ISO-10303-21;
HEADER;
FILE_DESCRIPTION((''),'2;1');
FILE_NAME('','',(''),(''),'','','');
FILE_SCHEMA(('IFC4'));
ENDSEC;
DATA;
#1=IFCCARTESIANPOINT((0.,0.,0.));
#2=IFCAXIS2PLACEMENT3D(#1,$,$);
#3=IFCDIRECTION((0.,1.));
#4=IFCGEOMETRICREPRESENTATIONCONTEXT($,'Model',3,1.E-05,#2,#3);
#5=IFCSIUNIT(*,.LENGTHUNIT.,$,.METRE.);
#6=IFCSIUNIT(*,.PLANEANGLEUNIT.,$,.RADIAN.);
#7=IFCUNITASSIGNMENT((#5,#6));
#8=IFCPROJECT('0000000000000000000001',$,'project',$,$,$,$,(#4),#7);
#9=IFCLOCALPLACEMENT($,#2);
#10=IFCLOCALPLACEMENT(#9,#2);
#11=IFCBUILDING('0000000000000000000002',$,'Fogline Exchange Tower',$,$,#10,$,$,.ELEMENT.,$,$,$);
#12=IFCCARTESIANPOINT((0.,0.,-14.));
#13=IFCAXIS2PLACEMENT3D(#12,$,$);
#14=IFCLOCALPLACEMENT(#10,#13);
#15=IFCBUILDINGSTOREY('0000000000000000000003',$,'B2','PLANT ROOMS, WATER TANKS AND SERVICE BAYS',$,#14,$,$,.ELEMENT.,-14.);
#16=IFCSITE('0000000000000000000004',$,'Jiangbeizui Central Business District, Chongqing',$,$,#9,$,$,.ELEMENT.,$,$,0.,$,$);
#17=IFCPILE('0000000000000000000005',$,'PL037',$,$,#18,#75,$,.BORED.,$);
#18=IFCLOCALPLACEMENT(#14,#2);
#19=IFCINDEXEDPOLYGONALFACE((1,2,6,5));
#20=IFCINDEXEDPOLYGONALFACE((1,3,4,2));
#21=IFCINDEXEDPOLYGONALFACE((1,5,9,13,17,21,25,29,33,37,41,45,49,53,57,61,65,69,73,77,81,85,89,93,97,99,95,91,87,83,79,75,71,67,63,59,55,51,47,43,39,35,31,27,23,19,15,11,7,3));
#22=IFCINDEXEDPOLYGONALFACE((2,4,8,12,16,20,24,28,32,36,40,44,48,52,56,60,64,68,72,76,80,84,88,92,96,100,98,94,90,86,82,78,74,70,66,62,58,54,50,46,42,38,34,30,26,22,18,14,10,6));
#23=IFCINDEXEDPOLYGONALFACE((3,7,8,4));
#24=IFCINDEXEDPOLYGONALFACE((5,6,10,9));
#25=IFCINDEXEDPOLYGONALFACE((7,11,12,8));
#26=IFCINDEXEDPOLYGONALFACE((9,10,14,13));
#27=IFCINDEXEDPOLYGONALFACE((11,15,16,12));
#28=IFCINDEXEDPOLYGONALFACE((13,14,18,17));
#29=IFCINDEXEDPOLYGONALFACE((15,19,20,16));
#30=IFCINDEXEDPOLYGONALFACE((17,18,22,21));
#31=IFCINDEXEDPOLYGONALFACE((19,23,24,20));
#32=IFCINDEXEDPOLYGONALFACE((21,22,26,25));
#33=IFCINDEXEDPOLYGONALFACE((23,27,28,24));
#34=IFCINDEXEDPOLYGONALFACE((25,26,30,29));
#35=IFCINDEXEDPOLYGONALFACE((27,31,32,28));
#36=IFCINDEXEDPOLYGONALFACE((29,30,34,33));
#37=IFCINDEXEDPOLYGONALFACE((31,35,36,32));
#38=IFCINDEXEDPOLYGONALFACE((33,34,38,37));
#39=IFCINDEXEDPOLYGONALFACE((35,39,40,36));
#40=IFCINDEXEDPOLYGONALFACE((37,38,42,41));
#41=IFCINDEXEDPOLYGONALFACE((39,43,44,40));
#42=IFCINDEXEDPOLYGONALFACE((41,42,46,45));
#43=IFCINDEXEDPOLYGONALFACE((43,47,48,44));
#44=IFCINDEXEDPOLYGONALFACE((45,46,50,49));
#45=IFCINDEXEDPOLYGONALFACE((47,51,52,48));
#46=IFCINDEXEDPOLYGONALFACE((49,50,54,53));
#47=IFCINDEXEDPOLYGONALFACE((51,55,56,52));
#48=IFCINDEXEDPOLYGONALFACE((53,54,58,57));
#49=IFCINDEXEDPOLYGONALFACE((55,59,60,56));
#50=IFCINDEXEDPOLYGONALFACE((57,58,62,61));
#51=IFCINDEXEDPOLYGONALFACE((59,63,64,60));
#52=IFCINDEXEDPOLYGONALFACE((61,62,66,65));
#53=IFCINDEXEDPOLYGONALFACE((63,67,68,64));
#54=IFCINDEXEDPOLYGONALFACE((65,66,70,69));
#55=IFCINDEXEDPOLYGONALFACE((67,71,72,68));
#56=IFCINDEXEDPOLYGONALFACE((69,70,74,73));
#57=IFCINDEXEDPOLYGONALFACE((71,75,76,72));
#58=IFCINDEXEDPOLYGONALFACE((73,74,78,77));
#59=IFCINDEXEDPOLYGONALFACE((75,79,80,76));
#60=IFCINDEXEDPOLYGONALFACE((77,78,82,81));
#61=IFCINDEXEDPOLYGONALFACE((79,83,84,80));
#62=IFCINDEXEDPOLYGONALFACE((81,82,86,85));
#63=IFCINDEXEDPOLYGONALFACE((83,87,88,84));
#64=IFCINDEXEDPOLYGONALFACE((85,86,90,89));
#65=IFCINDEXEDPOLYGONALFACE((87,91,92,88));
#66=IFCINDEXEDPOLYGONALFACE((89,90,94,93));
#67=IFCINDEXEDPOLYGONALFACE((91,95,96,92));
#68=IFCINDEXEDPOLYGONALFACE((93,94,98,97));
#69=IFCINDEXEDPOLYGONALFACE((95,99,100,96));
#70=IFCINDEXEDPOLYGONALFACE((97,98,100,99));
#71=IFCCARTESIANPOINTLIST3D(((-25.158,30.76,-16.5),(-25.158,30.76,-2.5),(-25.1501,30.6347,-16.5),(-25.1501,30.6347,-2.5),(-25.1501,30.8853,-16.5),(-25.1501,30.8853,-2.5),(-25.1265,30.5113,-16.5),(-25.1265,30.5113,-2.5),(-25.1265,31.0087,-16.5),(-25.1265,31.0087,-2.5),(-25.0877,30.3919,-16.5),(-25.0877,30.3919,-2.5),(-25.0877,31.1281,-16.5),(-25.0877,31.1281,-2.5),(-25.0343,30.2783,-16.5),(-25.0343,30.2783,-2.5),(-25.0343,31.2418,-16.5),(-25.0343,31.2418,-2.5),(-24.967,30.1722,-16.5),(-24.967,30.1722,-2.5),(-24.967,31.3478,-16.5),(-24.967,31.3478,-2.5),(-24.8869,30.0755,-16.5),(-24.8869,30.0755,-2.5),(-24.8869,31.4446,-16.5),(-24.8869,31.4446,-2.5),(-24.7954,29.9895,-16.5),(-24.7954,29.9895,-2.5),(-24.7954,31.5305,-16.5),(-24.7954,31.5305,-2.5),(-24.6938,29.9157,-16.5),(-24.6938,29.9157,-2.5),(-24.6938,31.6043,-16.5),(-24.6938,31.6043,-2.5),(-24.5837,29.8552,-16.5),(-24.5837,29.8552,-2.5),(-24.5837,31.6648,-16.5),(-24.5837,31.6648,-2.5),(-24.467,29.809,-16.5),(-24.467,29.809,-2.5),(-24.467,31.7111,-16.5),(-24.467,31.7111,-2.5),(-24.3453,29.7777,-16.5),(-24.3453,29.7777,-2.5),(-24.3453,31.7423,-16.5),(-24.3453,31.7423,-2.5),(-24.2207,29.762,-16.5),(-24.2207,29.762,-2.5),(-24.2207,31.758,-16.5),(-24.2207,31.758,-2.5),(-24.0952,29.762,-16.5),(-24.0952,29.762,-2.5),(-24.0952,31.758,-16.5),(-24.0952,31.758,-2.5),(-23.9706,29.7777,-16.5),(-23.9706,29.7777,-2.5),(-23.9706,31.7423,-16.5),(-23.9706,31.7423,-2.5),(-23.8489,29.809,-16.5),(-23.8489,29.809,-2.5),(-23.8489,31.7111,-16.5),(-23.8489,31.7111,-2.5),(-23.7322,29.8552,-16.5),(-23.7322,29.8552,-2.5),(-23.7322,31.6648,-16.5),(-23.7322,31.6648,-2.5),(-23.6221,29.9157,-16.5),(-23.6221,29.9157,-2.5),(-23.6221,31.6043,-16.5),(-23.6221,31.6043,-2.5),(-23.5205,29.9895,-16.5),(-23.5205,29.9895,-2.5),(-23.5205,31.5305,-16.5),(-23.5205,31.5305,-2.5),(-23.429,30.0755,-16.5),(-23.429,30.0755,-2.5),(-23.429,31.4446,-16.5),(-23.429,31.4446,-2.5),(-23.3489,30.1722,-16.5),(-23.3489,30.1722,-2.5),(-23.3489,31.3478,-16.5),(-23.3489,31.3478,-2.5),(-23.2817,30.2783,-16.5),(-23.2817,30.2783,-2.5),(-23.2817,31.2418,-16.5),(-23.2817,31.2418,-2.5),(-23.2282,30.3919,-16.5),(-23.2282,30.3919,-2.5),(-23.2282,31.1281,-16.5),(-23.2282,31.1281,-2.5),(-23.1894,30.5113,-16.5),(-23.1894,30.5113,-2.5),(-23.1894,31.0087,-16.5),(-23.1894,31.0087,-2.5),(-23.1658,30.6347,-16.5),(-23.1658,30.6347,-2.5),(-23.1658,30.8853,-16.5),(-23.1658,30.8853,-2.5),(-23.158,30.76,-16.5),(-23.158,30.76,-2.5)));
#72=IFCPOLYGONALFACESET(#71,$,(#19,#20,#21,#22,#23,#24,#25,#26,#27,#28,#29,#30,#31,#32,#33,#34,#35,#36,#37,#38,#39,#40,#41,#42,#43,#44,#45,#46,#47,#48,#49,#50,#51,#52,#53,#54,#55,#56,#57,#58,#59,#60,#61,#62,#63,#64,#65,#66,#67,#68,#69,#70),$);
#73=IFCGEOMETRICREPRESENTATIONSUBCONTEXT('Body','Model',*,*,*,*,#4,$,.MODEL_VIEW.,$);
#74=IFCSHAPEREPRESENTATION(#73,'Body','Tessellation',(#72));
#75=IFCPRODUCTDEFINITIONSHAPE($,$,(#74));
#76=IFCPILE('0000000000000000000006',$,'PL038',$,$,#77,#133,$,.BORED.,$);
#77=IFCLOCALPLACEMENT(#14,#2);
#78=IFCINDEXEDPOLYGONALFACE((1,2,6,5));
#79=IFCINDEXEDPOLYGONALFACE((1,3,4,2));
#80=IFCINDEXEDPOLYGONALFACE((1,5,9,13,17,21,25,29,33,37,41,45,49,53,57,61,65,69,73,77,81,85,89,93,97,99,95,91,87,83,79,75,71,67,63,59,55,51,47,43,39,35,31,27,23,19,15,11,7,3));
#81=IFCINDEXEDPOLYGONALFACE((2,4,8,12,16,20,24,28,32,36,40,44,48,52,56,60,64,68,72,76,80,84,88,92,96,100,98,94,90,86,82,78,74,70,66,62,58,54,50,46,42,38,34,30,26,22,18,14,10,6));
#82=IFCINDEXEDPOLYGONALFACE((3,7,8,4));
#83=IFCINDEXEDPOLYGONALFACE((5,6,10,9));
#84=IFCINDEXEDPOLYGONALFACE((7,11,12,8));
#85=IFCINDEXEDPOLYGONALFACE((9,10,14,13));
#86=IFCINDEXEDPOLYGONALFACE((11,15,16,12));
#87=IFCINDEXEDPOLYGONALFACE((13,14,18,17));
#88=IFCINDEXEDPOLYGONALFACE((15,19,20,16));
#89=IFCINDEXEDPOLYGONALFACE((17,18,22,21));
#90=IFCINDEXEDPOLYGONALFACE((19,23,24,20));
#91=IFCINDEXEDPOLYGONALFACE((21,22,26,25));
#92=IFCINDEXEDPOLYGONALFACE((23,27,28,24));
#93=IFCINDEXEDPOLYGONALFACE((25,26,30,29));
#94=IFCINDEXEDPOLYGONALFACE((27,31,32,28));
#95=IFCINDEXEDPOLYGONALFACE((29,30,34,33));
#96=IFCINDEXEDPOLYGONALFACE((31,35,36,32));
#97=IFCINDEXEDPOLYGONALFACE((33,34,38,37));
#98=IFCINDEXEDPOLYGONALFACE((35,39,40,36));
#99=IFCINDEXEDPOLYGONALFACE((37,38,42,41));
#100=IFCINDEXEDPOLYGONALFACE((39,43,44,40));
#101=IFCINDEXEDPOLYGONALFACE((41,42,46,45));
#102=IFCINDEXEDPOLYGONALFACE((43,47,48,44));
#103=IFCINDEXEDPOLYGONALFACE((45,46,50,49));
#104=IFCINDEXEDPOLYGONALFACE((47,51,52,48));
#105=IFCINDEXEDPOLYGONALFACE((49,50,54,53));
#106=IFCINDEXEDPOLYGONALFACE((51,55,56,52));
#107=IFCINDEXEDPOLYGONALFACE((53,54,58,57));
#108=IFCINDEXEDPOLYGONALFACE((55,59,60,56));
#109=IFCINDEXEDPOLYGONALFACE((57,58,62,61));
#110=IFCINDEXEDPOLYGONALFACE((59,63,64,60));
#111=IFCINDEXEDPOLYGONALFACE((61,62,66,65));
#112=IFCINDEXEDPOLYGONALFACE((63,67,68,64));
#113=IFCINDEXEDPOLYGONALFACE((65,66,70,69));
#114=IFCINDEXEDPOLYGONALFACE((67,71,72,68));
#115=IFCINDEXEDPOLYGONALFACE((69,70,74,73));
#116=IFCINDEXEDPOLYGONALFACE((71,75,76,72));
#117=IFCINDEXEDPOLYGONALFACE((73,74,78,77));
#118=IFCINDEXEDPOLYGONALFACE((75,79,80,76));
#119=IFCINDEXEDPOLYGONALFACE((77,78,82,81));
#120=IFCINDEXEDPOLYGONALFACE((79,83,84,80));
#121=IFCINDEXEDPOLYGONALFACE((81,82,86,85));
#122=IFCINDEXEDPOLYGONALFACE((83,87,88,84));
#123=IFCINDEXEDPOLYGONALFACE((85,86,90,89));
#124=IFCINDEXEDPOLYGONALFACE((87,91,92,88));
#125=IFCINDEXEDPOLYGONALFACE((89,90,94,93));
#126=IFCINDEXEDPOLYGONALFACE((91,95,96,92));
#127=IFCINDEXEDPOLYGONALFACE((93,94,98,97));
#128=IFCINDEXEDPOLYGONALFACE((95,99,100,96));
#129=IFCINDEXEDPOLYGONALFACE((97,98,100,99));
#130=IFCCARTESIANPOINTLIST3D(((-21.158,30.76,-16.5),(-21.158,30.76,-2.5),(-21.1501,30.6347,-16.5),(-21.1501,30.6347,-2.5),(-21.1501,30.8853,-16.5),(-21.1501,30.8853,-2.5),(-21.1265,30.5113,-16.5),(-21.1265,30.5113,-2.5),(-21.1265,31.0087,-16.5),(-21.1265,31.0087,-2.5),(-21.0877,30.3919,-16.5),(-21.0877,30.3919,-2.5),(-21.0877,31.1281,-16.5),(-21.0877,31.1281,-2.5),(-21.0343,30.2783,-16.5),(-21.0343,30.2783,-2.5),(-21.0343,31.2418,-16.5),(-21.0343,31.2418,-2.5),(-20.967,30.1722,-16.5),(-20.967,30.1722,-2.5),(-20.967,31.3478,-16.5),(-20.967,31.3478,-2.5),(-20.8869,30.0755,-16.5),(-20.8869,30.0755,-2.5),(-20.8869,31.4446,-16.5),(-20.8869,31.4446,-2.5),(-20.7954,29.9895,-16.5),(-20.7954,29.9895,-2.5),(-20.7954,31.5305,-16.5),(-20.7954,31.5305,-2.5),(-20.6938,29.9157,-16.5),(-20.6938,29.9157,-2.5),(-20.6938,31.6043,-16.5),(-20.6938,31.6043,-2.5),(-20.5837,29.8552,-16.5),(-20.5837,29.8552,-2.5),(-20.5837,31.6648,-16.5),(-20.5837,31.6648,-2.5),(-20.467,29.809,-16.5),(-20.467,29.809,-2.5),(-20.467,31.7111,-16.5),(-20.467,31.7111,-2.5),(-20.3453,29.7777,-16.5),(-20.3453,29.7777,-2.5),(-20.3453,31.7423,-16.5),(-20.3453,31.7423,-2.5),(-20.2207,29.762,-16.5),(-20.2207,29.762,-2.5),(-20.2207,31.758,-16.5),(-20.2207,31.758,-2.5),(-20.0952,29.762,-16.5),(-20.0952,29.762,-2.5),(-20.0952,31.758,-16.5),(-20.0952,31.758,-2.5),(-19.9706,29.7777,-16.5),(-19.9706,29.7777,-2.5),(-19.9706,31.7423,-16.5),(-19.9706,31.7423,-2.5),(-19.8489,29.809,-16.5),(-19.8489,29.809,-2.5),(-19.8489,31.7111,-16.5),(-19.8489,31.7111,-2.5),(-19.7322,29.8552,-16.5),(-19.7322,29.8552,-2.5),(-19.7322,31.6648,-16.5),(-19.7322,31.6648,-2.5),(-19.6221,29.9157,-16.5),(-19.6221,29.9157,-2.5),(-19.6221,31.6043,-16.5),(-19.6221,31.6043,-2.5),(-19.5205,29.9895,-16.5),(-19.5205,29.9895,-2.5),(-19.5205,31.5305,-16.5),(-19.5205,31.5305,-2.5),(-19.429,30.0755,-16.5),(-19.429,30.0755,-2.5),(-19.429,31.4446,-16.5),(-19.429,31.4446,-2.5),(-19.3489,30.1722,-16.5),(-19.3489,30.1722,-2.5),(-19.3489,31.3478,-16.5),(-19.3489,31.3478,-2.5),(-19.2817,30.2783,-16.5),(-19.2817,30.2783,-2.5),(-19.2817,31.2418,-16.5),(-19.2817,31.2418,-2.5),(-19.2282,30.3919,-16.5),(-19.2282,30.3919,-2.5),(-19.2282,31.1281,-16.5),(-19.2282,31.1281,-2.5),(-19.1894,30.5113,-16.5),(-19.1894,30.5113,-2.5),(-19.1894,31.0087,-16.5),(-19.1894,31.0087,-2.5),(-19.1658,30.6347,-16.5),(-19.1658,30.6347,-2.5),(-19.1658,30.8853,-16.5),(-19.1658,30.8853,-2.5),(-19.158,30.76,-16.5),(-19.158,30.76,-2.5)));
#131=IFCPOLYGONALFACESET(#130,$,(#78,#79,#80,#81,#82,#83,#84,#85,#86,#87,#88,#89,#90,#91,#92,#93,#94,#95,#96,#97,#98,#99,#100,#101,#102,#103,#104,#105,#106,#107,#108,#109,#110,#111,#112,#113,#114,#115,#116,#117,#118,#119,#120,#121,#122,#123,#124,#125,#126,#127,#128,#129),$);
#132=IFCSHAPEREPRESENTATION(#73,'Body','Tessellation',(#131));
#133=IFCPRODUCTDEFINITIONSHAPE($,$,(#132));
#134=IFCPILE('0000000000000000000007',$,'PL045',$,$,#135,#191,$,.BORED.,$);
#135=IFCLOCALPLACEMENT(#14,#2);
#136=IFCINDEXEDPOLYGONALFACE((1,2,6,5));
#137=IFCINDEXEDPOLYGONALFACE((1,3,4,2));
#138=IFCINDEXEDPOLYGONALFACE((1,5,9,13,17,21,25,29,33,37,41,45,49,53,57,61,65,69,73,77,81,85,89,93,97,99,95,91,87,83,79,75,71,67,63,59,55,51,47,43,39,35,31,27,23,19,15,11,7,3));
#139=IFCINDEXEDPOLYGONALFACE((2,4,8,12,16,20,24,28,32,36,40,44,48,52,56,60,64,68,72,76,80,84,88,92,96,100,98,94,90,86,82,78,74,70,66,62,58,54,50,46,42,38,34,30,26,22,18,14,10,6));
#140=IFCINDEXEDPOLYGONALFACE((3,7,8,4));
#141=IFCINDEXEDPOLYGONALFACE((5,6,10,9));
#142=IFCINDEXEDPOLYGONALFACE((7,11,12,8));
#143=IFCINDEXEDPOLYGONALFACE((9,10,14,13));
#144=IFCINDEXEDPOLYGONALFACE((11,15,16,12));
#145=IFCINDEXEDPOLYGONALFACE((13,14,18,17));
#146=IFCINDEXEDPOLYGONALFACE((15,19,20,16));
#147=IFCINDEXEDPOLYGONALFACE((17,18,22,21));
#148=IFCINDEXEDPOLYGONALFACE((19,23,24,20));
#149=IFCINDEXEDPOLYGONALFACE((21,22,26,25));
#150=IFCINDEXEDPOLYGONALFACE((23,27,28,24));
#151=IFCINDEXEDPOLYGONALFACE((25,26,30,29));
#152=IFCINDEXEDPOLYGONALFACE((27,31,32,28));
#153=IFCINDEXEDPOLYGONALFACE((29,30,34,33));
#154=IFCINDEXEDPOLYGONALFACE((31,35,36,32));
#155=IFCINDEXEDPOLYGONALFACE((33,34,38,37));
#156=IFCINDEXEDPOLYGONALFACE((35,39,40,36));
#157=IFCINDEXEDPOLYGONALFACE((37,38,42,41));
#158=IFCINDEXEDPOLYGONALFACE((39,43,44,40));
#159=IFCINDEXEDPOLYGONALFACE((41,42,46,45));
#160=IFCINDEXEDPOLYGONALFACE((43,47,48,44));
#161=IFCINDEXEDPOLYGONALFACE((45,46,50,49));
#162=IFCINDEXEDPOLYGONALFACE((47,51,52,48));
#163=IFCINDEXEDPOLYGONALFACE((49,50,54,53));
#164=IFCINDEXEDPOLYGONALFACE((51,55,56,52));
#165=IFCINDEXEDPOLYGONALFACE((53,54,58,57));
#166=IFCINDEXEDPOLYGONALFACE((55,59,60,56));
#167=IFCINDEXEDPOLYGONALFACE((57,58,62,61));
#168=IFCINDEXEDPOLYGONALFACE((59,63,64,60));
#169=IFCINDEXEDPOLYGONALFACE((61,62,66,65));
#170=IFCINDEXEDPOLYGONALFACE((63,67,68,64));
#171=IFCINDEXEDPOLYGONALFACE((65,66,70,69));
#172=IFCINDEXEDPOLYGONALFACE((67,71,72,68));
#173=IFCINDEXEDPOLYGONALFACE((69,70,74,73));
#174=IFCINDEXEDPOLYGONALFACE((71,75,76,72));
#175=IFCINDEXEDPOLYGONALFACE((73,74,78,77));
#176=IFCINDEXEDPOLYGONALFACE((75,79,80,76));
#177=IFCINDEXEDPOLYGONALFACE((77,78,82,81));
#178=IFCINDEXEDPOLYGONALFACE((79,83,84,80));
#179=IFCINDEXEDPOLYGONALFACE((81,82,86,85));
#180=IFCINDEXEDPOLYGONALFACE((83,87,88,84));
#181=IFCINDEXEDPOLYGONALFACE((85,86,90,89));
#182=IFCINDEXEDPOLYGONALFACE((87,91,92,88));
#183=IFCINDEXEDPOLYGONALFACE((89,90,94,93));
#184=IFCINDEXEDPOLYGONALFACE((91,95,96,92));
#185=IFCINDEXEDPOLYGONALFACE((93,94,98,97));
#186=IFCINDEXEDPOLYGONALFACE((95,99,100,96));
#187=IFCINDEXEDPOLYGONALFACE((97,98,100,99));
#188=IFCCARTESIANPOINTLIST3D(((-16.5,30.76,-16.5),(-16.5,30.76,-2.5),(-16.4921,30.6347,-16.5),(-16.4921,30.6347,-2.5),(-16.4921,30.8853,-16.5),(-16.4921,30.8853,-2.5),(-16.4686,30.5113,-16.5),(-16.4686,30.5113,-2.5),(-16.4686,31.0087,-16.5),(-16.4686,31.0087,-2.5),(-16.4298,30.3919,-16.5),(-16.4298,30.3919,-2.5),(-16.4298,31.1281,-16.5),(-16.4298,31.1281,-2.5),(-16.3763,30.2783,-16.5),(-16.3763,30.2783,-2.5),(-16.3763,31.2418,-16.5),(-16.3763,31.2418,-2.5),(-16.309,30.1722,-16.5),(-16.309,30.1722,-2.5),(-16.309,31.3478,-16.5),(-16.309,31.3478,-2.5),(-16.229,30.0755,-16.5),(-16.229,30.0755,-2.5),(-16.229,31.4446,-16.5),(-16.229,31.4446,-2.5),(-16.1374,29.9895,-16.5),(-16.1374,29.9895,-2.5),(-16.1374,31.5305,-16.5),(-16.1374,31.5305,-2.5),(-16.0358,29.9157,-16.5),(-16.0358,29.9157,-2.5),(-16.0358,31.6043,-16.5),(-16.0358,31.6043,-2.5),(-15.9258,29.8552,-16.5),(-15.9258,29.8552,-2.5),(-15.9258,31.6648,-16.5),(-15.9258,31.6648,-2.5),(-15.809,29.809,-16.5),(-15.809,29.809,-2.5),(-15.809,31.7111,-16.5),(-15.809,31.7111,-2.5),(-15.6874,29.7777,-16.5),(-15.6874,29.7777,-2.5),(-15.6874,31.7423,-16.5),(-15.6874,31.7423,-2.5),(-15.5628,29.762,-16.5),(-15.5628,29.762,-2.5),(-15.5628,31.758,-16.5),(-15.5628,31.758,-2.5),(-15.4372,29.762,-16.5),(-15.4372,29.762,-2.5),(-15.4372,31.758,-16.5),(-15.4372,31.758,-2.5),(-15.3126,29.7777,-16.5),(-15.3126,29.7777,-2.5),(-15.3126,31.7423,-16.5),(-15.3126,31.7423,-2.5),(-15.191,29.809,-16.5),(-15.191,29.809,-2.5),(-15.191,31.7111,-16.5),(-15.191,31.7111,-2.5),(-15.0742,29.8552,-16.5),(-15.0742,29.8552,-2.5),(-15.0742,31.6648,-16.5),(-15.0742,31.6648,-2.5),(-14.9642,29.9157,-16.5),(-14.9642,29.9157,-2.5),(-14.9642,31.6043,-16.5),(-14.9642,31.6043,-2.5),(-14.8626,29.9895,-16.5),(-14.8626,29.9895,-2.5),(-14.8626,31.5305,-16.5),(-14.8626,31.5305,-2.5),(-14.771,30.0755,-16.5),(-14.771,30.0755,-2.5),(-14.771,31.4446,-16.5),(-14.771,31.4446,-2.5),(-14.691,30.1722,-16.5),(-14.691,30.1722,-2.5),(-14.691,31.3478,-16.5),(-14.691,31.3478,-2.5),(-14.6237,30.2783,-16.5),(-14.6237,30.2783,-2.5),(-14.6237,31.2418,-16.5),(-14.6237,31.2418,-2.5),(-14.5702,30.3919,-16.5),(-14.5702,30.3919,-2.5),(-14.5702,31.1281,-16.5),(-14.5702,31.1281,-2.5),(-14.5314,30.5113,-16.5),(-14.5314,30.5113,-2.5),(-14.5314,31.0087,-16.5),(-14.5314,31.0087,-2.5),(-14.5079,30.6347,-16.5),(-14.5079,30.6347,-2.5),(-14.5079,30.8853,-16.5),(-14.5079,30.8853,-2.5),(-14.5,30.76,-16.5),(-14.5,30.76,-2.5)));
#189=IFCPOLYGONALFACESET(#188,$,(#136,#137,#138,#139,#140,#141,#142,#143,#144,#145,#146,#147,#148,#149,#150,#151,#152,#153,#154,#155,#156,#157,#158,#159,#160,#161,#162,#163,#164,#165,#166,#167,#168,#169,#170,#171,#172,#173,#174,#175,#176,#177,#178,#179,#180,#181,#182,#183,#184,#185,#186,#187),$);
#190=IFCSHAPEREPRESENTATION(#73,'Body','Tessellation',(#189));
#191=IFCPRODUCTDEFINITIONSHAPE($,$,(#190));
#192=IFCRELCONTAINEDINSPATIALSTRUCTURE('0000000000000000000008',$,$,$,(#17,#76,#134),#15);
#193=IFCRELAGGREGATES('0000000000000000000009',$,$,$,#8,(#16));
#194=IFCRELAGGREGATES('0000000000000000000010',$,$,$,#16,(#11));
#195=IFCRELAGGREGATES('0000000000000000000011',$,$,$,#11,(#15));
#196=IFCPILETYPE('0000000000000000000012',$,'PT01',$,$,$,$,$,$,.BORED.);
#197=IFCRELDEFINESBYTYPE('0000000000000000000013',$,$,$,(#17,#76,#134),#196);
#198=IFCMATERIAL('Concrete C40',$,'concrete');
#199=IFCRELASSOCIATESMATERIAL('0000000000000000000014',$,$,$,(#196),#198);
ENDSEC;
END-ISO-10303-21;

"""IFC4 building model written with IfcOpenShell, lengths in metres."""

from ifc_helpers import new_model, si_unit, direction, frame, origin, origin_2d, place, context, subcontext, project, spatial, circle, extrude, material, material_profile, profile_set, type_object, element, save


model = new_model("IFC4")

# Units and contexts
model_context = context("Model", 3, precision=1e-05, world=origin(), true_north=direction((0.0, 1.0)))
body_context = subcontext(model_context, "Body", "Model", "MODEL_VIEW")
ifc_project = project(units=[si_unit("LENGTHUNIT", "METRE"), si_unit("PLANEANGLEUNIT", "RADIAN")], contexts=[model_context])

# Site, building, storey
site_placement = place(None, origin())
site = spatial("IfcSite", under=ifc_project, at=site_placement, Name="Jiangbeizui Central Business District, Chongqing", CompositionType="ELEMENT", RefElevation=0.0)
building_placement = place(site_placement, origin())
building = spatial("IfcBuilding", under=site, at=building_placement, Name="Fogline Exchange Tower", CompositionType="ELEMENT")
storey_placement = place(building_placement, frame((0.0, 0.0, -14.0)))
storey = spatial("IfcBuildingStorey", under=building, at=storey_placement, Name="B2", Description="PLANT ROOMS, WATER TANKS AND SERVICE BAYS", CompositionType="ELEMENT", Elevation=-14.0)

# Piles
ifc_material_1 = material(Name="Concrete C40", Category="concrete")
ifc_material_profile_1 = material_profile(ifc_material_1, circle(Radius=1.0, at=origin_2d()), Name="RC D2000")
ifc_profile_set_1 = profile_set([ifc_material_profile_1], Name="Concrete C40")
pile_type = type_object("IfcPileType", Name="PT01", PredefinedType="BORED", material=ifc_profile_set_1)
for number, where, z_axis, x_axis, name in (
    (1, (-24.158, 30.76, -2.5), (0.0, 0.0, -1.0), (1.0, 0.0, 0.0), "PL037"),
    (2, (-20.158, 30.76, -2.5), (0.0, 0.0, -1.0), (1.0, 0.0, 0.0), "PL038"),
    (3, (-15.5, 30.76, -2.5), (0.0, 0.0, -1.0), (1.0, 0.0, 0.0), "PL045"),
):
    element("IfcPile", number, at=place(storey_placement, frame(where, z_axis=z_axis, x_axis=x_axis)), inside=storey, type_object=pile_type, Name=name, PredefinedType="BORED", context=body_context, shape_type="SweptSolid", body=[
        extrude(circle(Radius=1.0, at=origin_2d()), origin(), (0.0, 0.0, 1.0), 14.0),
    ])

save(model, "model.ifc")
